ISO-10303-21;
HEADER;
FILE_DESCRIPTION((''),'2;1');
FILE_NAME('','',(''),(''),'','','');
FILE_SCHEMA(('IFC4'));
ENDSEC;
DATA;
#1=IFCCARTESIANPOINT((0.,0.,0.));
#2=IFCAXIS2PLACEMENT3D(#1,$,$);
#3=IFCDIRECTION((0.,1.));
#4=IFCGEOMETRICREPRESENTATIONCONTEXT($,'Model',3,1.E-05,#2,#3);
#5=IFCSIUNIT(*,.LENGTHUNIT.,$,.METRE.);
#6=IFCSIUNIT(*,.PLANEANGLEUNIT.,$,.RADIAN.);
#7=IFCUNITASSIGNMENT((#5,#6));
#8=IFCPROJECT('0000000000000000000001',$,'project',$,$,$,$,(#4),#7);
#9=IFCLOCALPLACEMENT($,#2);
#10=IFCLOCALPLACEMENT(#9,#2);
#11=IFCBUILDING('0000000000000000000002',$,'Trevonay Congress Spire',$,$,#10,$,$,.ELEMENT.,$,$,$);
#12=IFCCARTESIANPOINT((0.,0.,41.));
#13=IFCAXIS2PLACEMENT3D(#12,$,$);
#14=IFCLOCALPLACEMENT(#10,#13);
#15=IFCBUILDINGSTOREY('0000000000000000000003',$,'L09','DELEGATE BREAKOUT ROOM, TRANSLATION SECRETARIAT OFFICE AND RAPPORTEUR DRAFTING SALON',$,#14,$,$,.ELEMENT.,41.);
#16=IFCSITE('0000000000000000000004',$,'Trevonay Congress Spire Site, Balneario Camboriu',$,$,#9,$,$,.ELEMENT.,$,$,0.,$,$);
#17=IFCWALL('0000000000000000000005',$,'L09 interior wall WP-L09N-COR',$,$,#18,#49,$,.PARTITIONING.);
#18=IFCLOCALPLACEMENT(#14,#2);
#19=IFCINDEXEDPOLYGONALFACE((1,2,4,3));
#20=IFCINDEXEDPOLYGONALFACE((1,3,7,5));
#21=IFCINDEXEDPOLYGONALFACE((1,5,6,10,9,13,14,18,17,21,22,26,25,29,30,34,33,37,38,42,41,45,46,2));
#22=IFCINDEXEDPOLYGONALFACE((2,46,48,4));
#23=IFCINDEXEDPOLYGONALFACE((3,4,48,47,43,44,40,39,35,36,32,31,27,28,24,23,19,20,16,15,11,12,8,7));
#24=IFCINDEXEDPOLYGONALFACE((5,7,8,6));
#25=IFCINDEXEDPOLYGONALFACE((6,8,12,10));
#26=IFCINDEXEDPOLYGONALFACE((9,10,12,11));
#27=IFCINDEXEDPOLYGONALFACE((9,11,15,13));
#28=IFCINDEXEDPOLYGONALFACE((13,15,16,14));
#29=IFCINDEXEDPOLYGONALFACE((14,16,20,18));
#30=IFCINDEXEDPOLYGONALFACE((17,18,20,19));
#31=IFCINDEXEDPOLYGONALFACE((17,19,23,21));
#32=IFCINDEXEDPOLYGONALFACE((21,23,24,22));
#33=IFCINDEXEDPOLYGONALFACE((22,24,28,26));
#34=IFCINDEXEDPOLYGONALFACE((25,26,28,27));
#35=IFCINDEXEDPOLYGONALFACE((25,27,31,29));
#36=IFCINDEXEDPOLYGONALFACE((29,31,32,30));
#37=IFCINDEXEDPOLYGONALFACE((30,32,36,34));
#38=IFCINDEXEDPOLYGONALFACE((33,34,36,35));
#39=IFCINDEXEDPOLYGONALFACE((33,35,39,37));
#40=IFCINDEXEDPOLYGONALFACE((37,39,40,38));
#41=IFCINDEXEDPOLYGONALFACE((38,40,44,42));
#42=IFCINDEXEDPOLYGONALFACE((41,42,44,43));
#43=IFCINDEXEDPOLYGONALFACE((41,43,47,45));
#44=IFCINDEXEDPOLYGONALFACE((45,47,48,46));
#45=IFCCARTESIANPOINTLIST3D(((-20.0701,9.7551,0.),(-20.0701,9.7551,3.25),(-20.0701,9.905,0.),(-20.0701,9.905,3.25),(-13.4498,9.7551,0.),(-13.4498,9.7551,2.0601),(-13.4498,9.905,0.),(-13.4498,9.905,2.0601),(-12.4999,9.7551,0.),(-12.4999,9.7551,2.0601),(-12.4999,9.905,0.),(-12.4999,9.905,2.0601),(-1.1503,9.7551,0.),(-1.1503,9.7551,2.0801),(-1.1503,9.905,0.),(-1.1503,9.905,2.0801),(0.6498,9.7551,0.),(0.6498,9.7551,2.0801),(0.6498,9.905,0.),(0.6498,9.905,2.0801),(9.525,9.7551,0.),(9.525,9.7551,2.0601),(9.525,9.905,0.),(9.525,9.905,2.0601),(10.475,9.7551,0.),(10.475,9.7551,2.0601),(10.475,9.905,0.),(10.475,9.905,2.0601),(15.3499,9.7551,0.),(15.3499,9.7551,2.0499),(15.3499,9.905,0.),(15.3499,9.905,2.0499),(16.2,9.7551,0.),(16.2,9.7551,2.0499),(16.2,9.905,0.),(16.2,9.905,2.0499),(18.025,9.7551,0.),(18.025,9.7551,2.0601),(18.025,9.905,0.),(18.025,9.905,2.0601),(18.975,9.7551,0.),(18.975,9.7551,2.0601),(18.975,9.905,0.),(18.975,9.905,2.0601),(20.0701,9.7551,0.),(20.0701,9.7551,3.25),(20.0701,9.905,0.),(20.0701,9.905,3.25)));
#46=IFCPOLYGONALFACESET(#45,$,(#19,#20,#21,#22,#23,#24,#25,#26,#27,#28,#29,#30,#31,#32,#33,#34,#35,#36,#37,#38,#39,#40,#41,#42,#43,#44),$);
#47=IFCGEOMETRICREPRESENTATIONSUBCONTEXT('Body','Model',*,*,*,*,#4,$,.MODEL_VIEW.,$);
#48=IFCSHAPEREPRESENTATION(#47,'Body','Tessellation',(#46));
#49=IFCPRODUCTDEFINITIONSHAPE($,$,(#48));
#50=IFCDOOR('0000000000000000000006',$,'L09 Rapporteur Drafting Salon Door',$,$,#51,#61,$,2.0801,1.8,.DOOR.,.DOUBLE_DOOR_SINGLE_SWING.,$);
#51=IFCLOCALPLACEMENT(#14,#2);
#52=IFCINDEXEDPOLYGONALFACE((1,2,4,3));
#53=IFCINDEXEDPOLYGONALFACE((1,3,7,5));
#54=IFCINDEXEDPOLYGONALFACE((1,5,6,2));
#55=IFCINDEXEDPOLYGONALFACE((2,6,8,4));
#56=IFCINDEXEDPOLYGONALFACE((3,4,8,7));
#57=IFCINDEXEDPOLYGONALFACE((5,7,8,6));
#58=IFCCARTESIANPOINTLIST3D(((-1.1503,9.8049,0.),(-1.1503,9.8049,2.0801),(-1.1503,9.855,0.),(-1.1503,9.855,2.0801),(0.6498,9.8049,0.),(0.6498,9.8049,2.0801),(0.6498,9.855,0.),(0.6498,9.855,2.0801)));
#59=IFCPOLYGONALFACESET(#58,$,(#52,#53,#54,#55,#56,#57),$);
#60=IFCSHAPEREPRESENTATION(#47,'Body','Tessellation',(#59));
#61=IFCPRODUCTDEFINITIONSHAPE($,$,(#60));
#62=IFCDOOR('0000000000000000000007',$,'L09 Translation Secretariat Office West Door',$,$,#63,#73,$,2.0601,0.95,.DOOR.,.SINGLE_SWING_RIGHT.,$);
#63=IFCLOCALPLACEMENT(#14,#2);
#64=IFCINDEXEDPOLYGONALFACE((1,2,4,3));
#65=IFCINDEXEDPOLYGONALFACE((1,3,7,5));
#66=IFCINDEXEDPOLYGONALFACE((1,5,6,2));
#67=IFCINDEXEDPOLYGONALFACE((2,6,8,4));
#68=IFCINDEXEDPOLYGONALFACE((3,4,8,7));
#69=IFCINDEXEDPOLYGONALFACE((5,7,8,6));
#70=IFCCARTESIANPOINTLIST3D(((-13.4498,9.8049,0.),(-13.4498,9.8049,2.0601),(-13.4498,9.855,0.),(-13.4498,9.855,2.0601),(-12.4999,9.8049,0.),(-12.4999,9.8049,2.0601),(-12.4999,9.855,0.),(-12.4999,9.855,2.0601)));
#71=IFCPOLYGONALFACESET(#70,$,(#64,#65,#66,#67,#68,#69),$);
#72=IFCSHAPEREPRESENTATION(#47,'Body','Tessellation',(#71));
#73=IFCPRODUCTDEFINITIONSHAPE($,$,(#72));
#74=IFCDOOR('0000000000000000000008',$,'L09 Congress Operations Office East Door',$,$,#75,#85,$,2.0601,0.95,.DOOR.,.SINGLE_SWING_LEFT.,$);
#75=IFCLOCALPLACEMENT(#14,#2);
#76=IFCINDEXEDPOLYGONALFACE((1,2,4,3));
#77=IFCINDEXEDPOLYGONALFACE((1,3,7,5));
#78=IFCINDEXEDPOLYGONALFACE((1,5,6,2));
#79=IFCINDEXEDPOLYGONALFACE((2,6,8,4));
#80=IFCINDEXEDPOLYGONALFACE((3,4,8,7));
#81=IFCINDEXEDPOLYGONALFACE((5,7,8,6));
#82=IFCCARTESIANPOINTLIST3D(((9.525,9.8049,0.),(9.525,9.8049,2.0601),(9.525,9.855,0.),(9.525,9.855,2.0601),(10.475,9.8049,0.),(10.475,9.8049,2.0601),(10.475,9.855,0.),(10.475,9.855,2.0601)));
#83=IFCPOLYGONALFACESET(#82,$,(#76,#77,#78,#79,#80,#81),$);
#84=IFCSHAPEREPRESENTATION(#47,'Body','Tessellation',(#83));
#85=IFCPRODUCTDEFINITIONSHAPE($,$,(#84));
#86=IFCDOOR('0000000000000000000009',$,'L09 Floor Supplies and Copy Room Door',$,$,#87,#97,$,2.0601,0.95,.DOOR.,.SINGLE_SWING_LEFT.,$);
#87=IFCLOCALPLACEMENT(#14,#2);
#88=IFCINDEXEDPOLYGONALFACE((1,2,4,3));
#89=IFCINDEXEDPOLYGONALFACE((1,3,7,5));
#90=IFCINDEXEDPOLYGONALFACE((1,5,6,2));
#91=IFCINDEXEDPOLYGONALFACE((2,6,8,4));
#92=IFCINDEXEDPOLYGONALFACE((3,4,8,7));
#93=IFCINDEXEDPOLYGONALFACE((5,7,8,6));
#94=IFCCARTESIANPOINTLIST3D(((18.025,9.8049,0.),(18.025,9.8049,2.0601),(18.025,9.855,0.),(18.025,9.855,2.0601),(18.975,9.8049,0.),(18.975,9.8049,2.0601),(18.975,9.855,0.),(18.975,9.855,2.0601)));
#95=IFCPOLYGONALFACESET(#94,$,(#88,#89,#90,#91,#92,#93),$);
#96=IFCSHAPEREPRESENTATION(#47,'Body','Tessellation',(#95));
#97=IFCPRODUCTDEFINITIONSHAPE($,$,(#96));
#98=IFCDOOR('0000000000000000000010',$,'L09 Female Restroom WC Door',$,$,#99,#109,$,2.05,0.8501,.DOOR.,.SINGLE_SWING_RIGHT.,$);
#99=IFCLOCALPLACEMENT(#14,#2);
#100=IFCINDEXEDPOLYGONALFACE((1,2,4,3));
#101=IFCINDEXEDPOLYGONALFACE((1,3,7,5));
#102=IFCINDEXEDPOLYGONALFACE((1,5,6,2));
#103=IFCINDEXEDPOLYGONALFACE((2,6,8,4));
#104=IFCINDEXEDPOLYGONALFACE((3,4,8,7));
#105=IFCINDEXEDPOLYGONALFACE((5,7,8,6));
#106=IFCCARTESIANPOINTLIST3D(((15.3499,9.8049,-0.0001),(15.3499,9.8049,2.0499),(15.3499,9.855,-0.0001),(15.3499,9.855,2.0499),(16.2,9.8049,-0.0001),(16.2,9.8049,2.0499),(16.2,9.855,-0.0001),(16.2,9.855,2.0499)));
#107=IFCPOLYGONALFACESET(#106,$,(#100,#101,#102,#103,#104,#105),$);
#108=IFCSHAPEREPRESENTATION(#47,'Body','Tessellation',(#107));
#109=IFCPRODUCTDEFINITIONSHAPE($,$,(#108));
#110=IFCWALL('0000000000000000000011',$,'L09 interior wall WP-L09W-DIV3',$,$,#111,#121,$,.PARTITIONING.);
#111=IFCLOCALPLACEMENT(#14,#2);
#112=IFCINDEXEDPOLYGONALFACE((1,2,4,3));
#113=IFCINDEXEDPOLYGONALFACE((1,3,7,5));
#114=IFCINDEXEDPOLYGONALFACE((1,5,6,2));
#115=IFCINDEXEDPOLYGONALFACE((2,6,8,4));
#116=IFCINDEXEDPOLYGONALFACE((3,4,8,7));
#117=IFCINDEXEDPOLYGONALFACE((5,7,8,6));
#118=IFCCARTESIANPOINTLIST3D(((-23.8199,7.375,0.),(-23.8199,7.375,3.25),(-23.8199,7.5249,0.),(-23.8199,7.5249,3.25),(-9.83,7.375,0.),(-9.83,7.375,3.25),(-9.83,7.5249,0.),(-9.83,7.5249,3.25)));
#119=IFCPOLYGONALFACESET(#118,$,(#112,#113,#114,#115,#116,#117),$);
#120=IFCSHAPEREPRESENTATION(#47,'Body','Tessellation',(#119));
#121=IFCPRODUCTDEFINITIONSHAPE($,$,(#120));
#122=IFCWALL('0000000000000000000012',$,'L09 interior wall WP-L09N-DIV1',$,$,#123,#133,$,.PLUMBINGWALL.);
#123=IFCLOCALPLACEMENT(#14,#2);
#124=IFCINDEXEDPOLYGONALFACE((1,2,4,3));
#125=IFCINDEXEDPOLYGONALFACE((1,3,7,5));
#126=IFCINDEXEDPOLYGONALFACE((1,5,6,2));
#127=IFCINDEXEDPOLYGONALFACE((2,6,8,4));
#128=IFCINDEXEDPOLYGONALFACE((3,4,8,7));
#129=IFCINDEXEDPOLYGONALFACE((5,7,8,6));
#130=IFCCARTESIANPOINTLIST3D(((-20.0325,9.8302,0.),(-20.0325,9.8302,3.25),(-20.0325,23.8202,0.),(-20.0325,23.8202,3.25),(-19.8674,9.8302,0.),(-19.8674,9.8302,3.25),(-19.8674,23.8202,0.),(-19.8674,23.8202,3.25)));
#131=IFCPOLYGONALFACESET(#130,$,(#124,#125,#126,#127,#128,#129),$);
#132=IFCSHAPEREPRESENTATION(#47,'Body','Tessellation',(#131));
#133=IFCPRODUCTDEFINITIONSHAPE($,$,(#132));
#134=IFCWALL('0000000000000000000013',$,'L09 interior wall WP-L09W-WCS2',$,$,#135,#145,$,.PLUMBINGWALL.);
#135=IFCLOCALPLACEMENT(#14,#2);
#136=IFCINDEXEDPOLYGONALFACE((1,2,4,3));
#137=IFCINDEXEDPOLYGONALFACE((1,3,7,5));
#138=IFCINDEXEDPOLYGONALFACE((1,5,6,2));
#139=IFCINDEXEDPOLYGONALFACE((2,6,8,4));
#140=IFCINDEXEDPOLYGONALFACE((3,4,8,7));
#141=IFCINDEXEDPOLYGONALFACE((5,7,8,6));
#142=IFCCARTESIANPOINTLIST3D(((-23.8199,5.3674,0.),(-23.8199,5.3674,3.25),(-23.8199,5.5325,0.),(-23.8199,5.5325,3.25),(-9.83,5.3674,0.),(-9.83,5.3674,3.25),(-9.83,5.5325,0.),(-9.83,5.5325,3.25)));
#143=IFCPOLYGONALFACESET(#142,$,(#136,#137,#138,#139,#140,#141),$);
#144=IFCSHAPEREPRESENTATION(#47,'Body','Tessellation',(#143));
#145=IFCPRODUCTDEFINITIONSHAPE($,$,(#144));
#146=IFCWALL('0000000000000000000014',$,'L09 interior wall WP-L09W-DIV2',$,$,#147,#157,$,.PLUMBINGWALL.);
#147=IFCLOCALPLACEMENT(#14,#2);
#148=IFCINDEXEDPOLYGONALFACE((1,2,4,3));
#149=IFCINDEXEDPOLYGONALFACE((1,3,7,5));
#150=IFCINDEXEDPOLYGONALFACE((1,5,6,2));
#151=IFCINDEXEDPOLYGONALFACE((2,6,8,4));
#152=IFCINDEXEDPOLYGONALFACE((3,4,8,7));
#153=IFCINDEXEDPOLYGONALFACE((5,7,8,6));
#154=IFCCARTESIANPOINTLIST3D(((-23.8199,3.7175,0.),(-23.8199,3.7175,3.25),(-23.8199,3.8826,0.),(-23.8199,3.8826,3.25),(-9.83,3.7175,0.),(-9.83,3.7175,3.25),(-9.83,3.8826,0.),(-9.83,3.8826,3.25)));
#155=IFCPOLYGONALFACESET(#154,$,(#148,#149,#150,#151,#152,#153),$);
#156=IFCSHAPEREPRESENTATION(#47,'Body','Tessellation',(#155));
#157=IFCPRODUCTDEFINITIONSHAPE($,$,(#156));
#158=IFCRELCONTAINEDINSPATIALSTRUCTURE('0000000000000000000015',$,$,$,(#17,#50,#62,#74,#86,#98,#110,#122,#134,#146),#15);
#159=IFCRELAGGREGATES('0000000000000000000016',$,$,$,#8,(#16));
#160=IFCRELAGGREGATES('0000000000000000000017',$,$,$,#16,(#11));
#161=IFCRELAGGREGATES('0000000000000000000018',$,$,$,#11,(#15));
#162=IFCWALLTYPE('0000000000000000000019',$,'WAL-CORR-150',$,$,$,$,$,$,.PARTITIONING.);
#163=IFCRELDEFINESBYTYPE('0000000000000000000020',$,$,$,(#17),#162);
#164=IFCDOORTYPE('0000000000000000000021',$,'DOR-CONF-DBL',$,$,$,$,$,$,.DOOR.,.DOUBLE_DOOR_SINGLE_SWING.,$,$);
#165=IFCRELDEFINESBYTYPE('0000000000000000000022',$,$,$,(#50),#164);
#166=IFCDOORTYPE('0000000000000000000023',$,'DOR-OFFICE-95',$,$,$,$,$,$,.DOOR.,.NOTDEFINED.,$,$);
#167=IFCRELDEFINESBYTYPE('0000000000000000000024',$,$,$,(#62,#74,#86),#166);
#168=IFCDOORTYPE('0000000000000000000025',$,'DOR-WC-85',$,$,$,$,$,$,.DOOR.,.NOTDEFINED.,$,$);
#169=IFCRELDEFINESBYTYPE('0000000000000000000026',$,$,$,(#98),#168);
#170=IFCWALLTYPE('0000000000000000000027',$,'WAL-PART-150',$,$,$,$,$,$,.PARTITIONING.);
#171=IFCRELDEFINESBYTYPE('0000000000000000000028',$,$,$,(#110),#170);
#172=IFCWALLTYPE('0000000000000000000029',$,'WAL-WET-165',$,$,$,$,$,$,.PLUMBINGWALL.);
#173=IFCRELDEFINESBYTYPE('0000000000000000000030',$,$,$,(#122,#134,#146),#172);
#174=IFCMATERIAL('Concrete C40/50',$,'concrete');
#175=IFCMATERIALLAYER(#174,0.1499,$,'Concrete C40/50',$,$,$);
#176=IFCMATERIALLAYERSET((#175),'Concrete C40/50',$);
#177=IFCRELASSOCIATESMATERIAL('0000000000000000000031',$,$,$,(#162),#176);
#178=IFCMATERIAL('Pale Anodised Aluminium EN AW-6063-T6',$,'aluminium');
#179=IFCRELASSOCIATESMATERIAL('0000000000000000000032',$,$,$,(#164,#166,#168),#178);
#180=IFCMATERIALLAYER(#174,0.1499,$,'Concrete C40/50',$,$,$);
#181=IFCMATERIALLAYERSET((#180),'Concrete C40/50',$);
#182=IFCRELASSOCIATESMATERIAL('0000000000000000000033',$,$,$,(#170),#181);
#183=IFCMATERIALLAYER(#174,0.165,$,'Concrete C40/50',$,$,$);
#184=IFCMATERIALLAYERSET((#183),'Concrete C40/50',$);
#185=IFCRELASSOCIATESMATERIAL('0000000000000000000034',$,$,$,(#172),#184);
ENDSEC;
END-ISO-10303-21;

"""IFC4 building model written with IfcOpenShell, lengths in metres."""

from ifc_helpers import new_model, si_unit, direction, frame, frame_2d, origin, place, context, subcontext, project, spatial, rectangle, extrude, material, layer, layer_set, type_object, element, fill, save


model = new_model("IFC4")

# Units and contexts
model_context = context("Model", 3, precision=1e-05, world=origin(), true_north=direction((0.0, 1.0)))
body_context = subcontext(model_context, "Body", "Model", "MODEL_VIEW")
ifc_project = project(units=[si_unit("LENGTHUNIT", "METRE"), si_unit("PLANEANGLEUNIT", "RADIAN")], contexts=[model_context])

# Site, building, storey
site_placement = place(None, origin())
site = spatial("IfcSite", under=ifc_project, at=site_placement, Name="Trevonay Congress Spire Site, Balneario Camboriu", CompositionType="ELEMENT", RefElevation=0.0)
building_placement = place(site_placement, origin())
building = spatial("IfcBuilding", under=site, at=building_placement, Name="Trevonay Congress Spire", CompositionType="ELEMENT")
storey_placement = place(building_placement, frame((0.0, 0.0, 41.0)))
storey = spatial("IfcBuildingStorey", under=building, at=storey_placement, Name="L09", Description="DELEGATE BREAKOUT ROOM, TRANSLATION SECRETARIAT OFFICE AND RAPPORTEUR DRAFTING SALON", CompositionType="ELEMENT", Elevation=41.0)

# Shared definitions
ifc_material_1 = material(Name="Pale Anodised Aluminium EN AW-6063-T6", Category="aluminium")

# Wall, openings, doors
ifc_material_2 = material(Name="Concrete C40/50", Category="concrete")
ifc_layer_1 = layer(ifc_material_2, 0.1499, Name="Concrete C40/50")
ifc_layer_set_1 = layer_set([ifc_layer_1], Name="Concrete C40/50")
wall_type_1 = type_object("IfcWallType", Name="WAL-CORR-150", PredefinedType="PARTITIONING", material=ifc_layer_set_1)
wall_1_placement = place(storey_placement, frame((-20.0701, 9.8301, 0.0), z_axis=(0.0, 0.0, 1.0), x_axis=(1.0, 0.0, 0.0)))
wall_1 = element("IfcWall", 1, at=wall_1_placement, inside=storey, type_object=wall_type_1, Name="L09 interior wall WP-L09N-COR", PredefinedType="PARTITIONING", context=body_context, shape_type="SweptSolid", body=[
    extrude(rectangle(XDim=40.1401, YDim=0.1499, at=frame_2d((20.0701, 0.0))), origin(), (0.0, 0.0, 1.0), 3.25),
])
opening_1_placement = place(wall_1_placement, frame((6.6201, 0.0, 0.0)))
opening_1 = element("IfcOpeningElement", 2, at=opening_1_placement, cuts=wall_1, PredefinedType="OPENING", context=body_context, shape_type="SweptSolid", body=[
    extrude(rectangle(XDim=0.95, YDim=2.0601, at=frame_2d((0.4751, 1.03))), frame((0.0, 0.085, 0.0), z_axis=(0.0, -1.0, 0.0), x_axis=(1.0, 0.0, 0.0)), (0.0, 0.0, 1.0), 0.1699),
])
opening_2_placement = place(wall_1_placement, frame((18.9199, 0.0, 0.0)))
opening_2 = element("IfcOpeningElement", 3, at=opening_2_placement, cuts=wall_1, PredefinedType="OPENING", context=body_context, shape_type="SweptSolid", body=[
    extrude(rectangle(XDim=1.8, YDim=2.0801, at=frame_2d((0.8999, 1.04))), frame((0.0, 0.085, 0.0), z_axis=(0.0, -1.0, 0.0), x_axis=(1.0, 0.0, 0.0)), (0.0, 0.0, 1.0), 0.1699),
])
opening_3_placement = place(wall_1_placement, frame((29.595, 0.0, 0.0)))
opening_3 = element("IfcOpeningElement", 4, at=opening_3_placement, cuts=wall_1, PredefinedType="OPENING", context=body_context, shape_type="SweptSolid", body=[
    extrude(rectangle(XDim=0.95, YDim=2.0601, at=frame_2d((0.4751, 1.03))), frame((0.0, 0.085, 0.0), z_axis=(0.0, -1.0, 0.0), x_axis=(1.0, 0.0, 0.0)), (0.0, 0.0, 1.0), 0.1699),
])
opening_4_placement = place(wall_1_placement, frame((35.4199, 0.0, 0.0)))
opening_4 = element("IfcOpeningElement", 5, at=opening_4_placement, cuts=wall_1, PredefinedType="OPENING", context=body_context, shape_type="SweptSolid", body=[
    extrude(rectangle(XDim=0.8501, YDim=2.05, at=frame_2d((0.425, 1.0249))), frame((0.0, 0.085, 0.0), z_axis=(0.0, -1.0, 0.0), x_axis=(1.0, 0.0, 0.0)), (0.0, 0.0, 1.0), 0.1699),
])
opening_5_placement = place(wall_1_placement, frame((38.095, 0.0, 0.0)))
opening_5 = element("IfcOpeningElement", 6, at=opening_5_placement, cuts=wall_1, PredefinedType="OPENING", context=body_context, shape_type="SweptSolid", body=[
    extrude(rectangle(XDim=0.95, YDim=2.0601, at=frame_2d((0.4751, 1.03))), frame((0.0, 0.085, 0.0), z_axis=(0.0, -1.0, 0.0), x_axis=(1.0, 0.0, 0.0)), (0.0, 0.0, 1.0), 0.1699),
])
door_type_1 = type_object("IfcDoorType", Name="DOR-CONF-DBL", OperationType="DOUBLE_DOOR_SINGLE_SWING", PredefinedType="DOOR", material=ifc_material_1)
door_1_placement = place(opening_2_placement, origin())
door_1 = element("IfcDoor", 7, at=door_1_placement, inside=storey, type_object=door_type_1, Name="L09 Rapporteur Drafting Salon Door", OperationType="DOUBLE_DOOR_SINGLE_SWING", OverallHeight=2.0801, OverallWidth=1.8, PredefinedType="DOOR", context=body_context, shape_type="SweptSolid", body=[
    extrude(rectangle(XDim=1.8, YDim=2.0801, at=frame_2d((0.8999, 1.04))), frame((0.0, 0.0249, 0.0), z_axis=(0.0, -1.0, 0.0), x_axis=(1.0, 0.0, 0.0)), (0.0, 0.0, 1.0), 0.05),
])
fill(opening_2, door_1)
door_type_2 = type_object("IfcDoorType", Name="DOR-OFFICE-95", OperationType="NOTDEFINED", PredefinedType="DOOR", material=ifc_material_1)
door_2_placement = place(opening_1_placement, origin())
door_2 = element("IfcDoor", 8, at=door_2_placement, inside=storey, type_object=door_type_2, Name="L09 Translation Secretariat Office West Door", OperationType="SINGLE_SWING_RIGHT", OverallHeight=2.0601, OverallWidth=0.95, PredefinedType="DOOR", context=body_context, shape_type="SweptSolid", body=[
    extrude(rectangle(XDim=0.95, YDim=2.0601, at=frame_2d((0.4751, 1.03))), frame((0.0, 0.0249, 0.0), z_axis=(0.0, -1.0, 0.0), x_axis=(1.0, 0.0, 0.0)), (0.0, 0.0, 1.0), 0.05),
])
fill(opening_1, door_2)
door_3_placement = place(opening_3_placement, origin())
door_3 = element("IfcDoor", 9, at=door_3_placement, inside=storey, type_object=door_type_2, Name="L09 Congress Operations Office East Door", OperationType="SINGLE_SWING_LEFT", OverallHeight=2.0601, OverallWidth=0.95, PredefinedType="DOOR", context=body_context, shape_type="SweptSolid", body=[
    extrude(rectangle(XDim=0.95, YDim=2.0601, at=frame_2d((0.4751, 1.03))), frame((0.0, 0.0249, 0.0), z_axis=(0.0, -1.0, 0.0), x_axis=(1.0, 0.0, 0.0)), (0.0, 0.0, 1.0), 0.05),
])
fill(opening_3, door_3)
door_4_placement = place(opening_5_placement, origin())
door_4 = element("IfcDoor", 10, at=door_4_placement, inside=storey, type_object=door_type_2, Name="L09 Floor Supplies and Copy Room Door", OperationType="SINGLE_SWING_LEFT", OverallHeight=2.0601, OverallWidth=0.95, PredefinedType="DOOR", context=body_context, shape_type="SweptSolid", body=[
    extrude(rectangle(XDim=0.95, YDim=2.0601, at=frame_2d((0.4751, 1.03))), frame((0.0, 0.0249, 0.0), z_axis=(0.0, -1.0, 0.0), x_axis=(1.0, 0.0, 0.0)), (0.0, 0.0, 1.0), 0.05),
])
fill(opening_5, door_4)
door_type_3 = type_object("IfcDoorType", Name="DOR-WC-85", OperationType="NOTDEFINED", PredefinedType="DOOR", material=ifc_material_1)
door_5_placement = place(opening_4_placement, origin())
door_5 = element("IfcDoor", 11, at=door_5_placement, inside=storey, type_object=door_type_3, Name="L09 Female Restroom WC Door", OperationType="SINGLE_SWING_RIGHT", OverallHeight=2.05, OverallWidth=0.8501, PredefinedType="DOOR", context=body_context, shape_type="SweptSolid", body=[
    extrude(rectangle(XDim=0.8501, YDim=2.05, at=frame_2d((0.425, 1.0249))), frame((0.0, 0.0249, 0.0), z_axis=(0.0, -1.0, 0.0), x_axis=(1.0, 0.0, 0.0)), (0.0, 0.0, 1.0), 0.05),
])
fill(opening_4, door_5)

# Walls
ifc_layer_2 = layer(ifc_material_2, 0.1499, Name="Concrete C40/50")
ifc_layer_set_2 = layer_set([ifc_layer_2], Name="Concrete C40/50")
wall_type_2 = type_object("IfcWallType", Name="WAL-PART-150", PredefinedType="PARTITIONING", material=ifc_layer_set_2)
wall_2_placement = place(storey_placement, frame((-23.8201, 7.45, 0.0), z_axis=(0.0, 0.0, 1.0), x_axis=(1.0, 0.0, 0.0)))
element("IfcWall", 12, at=wall_2_placement, inside=storey, type_object=wall_type_2, Name="L09 interior wall WP-L09W-DIV3", PredefinedType="PARTITIONING", context=body_context, shape_type="SweptSolid", body=[
    extrude(rectangle(XDim=13.99, YDim=0.1499, at=frame_2d((6.9951, 0.0))), origin(), (0.0, 0.0, 1.0), 3.25),
])
ifc_layer_3 = layer(ifc_material_2, 0.165, Name="Concrete C40/50")
ifc_layer_set_3 = layer_set([ifc_layer_3], Name="Concrete C40/50")
wall_type_3 = type_object("IfcWallType", Name="WAL-WET-165", PredefinedType="PLUMBINGWALL", material=ifc_layer_set_3)
for number, where, z_axis, x_axis, name in (
    (13, (-19.95, 9.8301, 0.0), (0.0, 0.0, 1.0), (0.0, 1.0, 0.0), "L09 interior wall WP-L09N-DIV1"),
    (14, (-23.8201, 5.45, 0.0), (0.0, 0.0, 1.0), (1.0, 0.0, 0.0), "L09 interior wall WP-L09W-WCS2"),
    (15, (-23.8201, 3.8, 0.0), (0.0, 0.0, 1.0), (1.0, 0.0, 0.0), "L09 interior wall WP-L09W-DIV2"),
):
    element("IfcWall", number, at=place(storey_placement, frame(where, z_axis=z_axis, x_axis=x_axis)), inside=storey, type_object=wall_type_3, Name=name, PredefinedType="PLUMBINGWALL", context=body_context, shape_type="SweptSolid", body=[
        extrude(rectangle(XDim=13.99, YDim=0.165, at=frame_2d((6.9951, 0.0))), origin(), (0.0, 0.0, 1.0), 3.25),
    ])

save(model, "model.ifc")
